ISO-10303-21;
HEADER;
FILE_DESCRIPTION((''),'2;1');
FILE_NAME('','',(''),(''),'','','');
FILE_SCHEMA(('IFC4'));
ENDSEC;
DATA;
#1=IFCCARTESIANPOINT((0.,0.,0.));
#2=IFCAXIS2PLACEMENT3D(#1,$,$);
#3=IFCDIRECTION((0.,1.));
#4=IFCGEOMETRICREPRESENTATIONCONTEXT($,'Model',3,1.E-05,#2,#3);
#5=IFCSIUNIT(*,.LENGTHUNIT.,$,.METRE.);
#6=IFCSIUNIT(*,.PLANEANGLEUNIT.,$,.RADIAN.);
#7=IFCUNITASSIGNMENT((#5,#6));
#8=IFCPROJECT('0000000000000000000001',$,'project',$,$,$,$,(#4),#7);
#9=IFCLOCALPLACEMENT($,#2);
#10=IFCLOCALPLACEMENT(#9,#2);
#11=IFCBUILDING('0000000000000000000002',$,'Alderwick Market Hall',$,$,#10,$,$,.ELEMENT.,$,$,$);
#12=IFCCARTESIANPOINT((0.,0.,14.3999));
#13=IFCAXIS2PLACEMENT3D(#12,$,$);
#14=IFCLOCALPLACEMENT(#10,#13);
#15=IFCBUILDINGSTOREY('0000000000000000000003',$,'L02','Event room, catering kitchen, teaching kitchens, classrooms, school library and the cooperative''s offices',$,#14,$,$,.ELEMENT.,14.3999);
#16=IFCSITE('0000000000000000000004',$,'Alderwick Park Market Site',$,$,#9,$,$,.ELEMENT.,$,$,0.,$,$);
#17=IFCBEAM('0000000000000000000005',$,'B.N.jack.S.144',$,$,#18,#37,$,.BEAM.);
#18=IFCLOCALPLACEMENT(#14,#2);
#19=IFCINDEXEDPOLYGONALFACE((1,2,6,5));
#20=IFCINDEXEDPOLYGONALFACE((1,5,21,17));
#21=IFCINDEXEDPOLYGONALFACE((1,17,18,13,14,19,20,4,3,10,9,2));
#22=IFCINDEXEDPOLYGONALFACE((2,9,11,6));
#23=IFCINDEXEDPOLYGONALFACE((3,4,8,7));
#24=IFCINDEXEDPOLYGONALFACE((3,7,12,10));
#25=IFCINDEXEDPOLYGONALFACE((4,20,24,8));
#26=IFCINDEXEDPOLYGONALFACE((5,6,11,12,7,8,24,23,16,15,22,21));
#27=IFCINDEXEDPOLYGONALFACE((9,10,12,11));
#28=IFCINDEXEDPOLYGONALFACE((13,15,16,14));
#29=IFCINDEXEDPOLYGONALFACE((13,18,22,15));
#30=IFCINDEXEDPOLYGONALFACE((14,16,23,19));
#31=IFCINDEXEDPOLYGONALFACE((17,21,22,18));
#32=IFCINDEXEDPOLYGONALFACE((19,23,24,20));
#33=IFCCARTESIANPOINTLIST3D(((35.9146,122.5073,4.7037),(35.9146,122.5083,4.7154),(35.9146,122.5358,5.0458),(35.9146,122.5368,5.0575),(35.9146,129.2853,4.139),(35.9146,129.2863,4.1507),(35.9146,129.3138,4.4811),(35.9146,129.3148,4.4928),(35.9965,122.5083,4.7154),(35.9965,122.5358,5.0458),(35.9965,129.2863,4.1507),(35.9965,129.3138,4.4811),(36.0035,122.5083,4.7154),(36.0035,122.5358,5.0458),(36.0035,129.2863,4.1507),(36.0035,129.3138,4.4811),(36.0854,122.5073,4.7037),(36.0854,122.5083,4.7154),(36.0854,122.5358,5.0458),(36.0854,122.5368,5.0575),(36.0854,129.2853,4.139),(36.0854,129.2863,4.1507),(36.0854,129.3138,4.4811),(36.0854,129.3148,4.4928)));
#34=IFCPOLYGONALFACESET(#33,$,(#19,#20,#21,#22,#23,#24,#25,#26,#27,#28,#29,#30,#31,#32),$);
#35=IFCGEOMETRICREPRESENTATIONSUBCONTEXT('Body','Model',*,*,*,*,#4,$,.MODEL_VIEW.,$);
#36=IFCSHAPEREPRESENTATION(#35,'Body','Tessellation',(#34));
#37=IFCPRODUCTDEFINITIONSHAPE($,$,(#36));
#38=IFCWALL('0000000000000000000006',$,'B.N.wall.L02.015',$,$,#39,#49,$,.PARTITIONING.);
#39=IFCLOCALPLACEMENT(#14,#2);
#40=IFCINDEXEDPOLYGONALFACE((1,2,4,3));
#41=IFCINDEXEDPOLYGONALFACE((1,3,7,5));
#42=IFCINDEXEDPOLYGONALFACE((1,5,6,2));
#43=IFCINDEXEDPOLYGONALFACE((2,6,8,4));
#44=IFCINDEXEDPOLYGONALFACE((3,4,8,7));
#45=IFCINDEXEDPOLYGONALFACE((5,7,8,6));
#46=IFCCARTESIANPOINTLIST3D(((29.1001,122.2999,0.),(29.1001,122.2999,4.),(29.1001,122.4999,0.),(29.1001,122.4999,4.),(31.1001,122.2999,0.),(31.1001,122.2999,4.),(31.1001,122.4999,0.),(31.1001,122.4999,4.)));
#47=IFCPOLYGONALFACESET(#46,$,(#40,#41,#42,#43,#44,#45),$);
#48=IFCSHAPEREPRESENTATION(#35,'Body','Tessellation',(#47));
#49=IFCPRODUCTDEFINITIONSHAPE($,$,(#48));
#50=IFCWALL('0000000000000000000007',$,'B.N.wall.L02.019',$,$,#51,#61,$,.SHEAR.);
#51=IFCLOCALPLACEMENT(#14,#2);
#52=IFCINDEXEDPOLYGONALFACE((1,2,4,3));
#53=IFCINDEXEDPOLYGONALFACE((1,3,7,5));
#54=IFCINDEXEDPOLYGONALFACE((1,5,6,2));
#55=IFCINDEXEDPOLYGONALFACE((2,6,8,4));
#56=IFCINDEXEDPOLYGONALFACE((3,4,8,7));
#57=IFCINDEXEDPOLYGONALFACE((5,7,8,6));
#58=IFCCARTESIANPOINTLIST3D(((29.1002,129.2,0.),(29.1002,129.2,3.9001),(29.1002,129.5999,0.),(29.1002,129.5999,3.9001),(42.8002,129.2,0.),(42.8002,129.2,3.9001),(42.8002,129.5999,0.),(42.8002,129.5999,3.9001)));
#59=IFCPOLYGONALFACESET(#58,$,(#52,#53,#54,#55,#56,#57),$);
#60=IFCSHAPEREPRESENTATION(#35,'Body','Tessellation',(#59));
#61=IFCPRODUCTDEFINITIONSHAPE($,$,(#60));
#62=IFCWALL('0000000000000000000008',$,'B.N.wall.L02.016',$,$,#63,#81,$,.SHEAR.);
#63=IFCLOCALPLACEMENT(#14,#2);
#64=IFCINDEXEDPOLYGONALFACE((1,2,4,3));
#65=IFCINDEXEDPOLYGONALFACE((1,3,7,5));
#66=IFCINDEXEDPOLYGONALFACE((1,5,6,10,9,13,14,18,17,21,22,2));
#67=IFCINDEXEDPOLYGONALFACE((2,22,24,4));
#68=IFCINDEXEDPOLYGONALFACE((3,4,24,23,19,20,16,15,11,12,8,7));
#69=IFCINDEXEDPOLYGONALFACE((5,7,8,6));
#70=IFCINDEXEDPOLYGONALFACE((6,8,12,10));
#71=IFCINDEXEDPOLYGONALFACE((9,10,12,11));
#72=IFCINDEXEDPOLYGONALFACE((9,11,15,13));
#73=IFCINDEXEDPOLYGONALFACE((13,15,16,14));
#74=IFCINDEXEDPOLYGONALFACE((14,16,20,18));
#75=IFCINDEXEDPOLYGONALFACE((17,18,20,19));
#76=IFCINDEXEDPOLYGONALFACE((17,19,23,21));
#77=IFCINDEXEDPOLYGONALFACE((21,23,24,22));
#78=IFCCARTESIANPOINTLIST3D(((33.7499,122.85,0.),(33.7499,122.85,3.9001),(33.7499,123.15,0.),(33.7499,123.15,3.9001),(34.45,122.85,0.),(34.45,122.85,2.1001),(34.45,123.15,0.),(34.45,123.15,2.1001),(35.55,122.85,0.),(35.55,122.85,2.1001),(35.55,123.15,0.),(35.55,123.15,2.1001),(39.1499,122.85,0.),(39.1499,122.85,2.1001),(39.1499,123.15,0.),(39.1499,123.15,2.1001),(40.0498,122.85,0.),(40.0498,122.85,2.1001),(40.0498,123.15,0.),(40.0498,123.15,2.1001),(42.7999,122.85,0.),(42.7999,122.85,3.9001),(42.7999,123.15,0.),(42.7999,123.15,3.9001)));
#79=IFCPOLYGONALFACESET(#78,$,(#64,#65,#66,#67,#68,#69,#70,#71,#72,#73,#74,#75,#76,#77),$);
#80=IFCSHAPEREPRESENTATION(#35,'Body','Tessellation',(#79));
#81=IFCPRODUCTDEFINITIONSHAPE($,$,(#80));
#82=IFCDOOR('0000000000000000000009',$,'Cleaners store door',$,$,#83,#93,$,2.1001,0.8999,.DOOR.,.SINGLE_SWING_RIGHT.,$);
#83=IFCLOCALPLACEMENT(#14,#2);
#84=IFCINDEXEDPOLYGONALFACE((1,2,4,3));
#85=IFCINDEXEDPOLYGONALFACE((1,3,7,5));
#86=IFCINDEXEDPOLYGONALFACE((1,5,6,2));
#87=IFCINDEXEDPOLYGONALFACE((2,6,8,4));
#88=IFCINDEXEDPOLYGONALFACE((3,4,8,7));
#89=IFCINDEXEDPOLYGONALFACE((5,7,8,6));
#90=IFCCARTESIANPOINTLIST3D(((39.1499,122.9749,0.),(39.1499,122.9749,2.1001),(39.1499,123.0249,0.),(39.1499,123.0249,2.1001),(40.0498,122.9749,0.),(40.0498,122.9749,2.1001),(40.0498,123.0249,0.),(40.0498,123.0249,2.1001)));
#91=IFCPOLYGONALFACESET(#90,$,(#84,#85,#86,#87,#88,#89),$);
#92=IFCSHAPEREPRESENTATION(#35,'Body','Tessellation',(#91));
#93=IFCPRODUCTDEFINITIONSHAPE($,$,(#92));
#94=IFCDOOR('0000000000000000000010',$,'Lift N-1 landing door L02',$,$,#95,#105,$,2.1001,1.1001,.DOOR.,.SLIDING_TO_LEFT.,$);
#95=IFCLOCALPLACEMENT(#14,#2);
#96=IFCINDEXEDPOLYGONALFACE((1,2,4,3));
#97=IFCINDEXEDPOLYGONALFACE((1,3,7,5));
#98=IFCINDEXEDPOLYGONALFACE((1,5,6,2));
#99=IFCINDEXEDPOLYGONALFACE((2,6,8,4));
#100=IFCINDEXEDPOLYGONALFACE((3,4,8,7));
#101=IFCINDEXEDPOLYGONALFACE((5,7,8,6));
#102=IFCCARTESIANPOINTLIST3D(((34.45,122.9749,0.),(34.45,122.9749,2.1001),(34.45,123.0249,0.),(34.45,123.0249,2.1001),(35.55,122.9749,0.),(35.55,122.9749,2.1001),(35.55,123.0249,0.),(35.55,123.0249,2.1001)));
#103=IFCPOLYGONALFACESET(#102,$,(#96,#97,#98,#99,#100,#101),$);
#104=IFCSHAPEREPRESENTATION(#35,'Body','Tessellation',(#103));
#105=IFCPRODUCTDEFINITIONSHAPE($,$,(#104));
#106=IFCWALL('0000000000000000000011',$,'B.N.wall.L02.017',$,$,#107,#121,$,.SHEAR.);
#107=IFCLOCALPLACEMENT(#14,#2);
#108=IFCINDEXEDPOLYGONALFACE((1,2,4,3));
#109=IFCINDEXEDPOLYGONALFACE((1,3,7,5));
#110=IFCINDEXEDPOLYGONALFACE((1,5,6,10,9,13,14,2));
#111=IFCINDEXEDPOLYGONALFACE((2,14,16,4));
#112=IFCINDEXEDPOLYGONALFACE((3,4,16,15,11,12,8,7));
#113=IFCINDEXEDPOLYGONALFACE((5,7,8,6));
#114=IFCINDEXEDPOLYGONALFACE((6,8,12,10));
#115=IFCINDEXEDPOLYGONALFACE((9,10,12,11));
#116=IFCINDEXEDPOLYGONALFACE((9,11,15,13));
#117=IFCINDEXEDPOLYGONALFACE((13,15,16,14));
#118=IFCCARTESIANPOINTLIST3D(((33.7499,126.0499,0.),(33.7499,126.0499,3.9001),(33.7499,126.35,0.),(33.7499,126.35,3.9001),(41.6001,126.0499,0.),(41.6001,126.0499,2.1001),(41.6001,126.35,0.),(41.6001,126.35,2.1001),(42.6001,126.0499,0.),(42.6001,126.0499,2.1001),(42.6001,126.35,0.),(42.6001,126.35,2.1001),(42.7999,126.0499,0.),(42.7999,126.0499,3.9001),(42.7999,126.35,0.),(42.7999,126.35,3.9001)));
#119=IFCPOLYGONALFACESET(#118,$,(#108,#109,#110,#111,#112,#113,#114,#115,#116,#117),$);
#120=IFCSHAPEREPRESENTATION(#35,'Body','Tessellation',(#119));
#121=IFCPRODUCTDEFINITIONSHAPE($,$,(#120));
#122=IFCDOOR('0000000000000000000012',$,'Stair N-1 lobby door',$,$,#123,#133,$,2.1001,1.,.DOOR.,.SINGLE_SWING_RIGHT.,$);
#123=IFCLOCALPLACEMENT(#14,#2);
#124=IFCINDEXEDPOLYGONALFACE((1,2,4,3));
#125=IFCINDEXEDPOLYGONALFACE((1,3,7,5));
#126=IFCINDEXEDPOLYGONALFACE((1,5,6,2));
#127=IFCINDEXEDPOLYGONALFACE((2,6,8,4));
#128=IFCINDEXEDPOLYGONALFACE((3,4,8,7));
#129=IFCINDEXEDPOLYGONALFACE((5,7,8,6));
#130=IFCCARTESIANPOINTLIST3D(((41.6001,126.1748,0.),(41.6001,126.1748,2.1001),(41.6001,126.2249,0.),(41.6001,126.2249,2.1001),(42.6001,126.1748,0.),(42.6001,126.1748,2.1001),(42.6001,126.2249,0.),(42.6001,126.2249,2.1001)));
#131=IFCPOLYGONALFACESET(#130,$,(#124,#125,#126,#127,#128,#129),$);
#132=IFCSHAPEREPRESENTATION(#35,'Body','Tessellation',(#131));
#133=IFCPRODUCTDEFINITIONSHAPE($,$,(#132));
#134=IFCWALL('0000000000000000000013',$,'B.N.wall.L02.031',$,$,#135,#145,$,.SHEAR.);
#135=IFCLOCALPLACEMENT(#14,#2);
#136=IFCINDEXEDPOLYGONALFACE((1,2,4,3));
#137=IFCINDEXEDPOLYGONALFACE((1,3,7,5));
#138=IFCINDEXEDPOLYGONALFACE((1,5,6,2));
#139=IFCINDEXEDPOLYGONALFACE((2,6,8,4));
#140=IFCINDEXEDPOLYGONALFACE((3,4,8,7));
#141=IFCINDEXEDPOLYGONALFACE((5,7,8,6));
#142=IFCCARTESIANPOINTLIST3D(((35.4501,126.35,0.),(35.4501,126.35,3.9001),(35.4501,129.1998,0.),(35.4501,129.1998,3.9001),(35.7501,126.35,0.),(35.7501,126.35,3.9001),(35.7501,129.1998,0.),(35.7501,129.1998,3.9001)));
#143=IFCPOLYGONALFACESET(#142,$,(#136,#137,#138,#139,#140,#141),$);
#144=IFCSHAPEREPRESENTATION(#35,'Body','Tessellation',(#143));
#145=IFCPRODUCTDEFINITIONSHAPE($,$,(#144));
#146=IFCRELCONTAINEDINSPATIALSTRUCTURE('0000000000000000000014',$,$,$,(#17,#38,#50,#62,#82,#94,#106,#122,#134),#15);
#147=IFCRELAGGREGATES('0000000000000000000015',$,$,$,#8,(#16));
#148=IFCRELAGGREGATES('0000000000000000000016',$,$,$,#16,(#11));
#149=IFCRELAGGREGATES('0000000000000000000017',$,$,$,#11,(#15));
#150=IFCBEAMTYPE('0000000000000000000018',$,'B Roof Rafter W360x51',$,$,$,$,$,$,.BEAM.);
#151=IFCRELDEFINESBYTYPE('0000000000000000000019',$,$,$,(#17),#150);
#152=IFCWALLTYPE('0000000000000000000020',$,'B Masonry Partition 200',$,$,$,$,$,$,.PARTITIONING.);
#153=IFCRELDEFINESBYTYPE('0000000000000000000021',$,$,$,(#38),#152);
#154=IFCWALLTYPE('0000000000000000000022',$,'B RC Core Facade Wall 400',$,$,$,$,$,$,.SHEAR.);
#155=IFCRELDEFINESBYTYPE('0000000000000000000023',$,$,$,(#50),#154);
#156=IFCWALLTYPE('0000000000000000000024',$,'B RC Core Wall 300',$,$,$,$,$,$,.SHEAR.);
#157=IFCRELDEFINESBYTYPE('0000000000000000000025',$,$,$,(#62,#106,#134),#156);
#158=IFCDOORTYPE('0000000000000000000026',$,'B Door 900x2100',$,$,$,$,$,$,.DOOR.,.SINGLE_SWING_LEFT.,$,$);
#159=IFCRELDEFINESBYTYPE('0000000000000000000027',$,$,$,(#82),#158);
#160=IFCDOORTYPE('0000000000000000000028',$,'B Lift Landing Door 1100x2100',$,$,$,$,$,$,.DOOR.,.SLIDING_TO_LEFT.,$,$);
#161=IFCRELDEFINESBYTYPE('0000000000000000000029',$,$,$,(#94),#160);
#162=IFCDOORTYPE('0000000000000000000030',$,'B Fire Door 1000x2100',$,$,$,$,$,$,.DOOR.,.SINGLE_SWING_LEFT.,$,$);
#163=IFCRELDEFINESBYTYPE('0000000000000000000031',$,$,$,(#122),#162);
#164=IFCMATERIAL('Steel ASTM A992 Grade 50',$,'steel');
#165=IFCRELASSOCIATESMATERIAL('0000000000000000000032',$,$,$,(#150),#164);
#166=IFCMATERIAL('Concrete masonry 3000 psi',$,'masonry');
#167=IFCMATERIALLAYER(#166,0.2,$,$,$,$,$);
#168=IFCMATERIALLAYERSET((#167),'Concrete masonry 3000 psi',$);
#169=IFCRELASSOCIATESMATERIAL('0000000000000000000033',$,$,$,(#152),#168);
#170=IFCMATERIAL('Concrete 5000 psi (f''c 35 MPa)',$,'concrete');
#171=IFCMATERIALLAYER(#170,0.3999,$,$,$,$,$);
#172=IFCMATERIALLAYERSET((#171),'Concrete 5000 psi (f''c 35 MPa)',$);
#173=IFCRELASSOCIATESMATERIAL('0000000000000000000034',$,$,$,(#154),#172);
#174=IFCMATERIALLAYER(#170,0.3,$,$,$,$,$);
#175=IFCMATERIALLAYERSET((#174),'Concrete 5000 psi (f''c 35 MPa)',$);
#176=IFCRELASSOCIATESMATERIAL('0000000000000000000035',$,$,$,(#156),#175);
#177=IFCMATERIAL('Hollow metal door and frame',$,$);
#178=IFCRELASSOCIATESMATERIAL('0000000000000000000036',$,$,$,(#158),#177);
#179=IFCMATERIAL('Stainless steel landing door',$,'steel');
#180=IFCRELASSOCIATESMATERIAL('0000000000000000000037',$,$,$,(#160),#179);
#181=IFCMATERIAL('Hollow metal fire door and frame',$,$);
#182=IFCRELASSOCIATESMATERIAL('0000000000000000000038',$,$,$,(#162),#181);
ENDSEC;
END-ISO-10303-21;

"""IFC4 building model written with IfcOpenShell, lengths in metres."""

from ifc_helpers import new_model, si_unit, direction, frame, frame_2d, origin, origin_2d, place, context, subcontext, project, spatial, rectangle, i_section, extrude, material, layer, layer_set, material_profile, profile_set, type_object, element, fill, save


model = new_model("IFC4")

# Units and contexts
model_context = context("Model", 3, precision=1e-05, world=origin(), true_north=direction((0.0, 1.0)))
body_context = subcontext(model_context, "Body", "Model", "MODEL_VIEW")
ifc_project = project(units=[si_unit("LENGTHUNIT", "METRE"), si_unit("PLANEANGLEUNIT", "RADIAN")], contexts=[model_context])

# Site, building, storey
site_placement = place(None, origin())
site = spatial("IfcSite", under=ifc_project, at=site_placement, Name="Alderwick Park Market Site", CompositionType="ELEMENT", RefElevation=0.0)
building_placement = place(site_placement, origin())
building = spatial("IfcBuilding", under=site, at=building_placement, Name="Alderwick Market Hall", CompositionType="ELEMENT")
storey_placement = place(building_placement, frame((0.0, 0.0, 14.3999)))
storey = spatial("IfcBuildingStorey", under=building, at=storey_placement, Name="L02", Description="Event room, catering kitchen, teaching kitchens, classrooms, school library and the cooperative's offices", CompositionType="ELEMENT", Elevation=14.3999)

# Shared definitions
ifc_material_1 = material(Name="Concrete 5000 psi (f'c 35 MPa)", Category="concrete")

# Shared definitions
ifc_material_2 = material(Name="Steel ASTM A992 Grade 50", Category="steel")

# Beam
ifc_material_profile_1 = material_profile(ifc_material_2, i_section(OverallWidth=0.1709, OverallDepth=0.355, WebThickness=0.0071, FlangeThickness=0.0117, at=origin_2d()), Name="W360x51")
ifc_profile_set_1 = profile_set([ifc_material_profile_1], Name="Steel ASTM A992 Grade 50")
beam_type_1 = type_object("IfcBeamType", Name="B Roof Rafter W360x51", PredefinedType="BEAM", material=ifc_profile_set_1)
for number, where, z_axis, x_axis, name in (
    (1, (36.0, 129.3, 4.3159), (0.0, -0.996547, 0.083025), (1.0, 0.0, 0.0), "B.N.jack.S.144"),
):
    element("IfcBeam", number, at=place(storey_placement, frame(where, z_axis=z_axis, x_axis=x_axis)), inside=storey, type_object=beam_type_1, Name=name, PredefinedType="BEAM", context=body_context, shape_type="SweptSolid", body=[
        extrude(i_section(OverallWidth=0.1709, OverallDepth=0.355, WebThickness=0.0071, FlangeThickness=0.0117, at=origin_2d()), origin(), (0.0, 0.0, 1.0), 6.8015),
    ])

# Walls
ifc_material_3 = material(Name="Concrete masonry 3000 psi", Category="masonry")
ifc_layer_1 = layer(ifc_material_3, 0.2)
ifc_layer_set_1 = layer_set([ifc_layer_1], Name="Concrete masonry 3000 psi")
wall_type_1 = type_object("IfcWallType", Name="B Masonry Partition 200", PredefinedType="PARTITIONING", material=ifc_layer_set_1)
wall_1_placement = place(storey_placement, frame((29.1001, 122.3999, 0.0), z_axis=(0.0, 0.0, 1.0), x_axis=(1.0, 0.0, 0.0)))
element("IfcWall", 2, at=wall_1_placement, inside=storey, type_object=wall_type_1, Name="B.N.wall.L02.015", PredefinedType="PARTITIONING", context=body_context, shape_type="SweptSolid", body=[
    extrude(rectangle(XDim=2.0, YDim=0.2, at=frame_2d((1.0, 0.0))), origin(), (0.0, 0.0, 1.0), 4.0),
])
ifc_layer_2 = layer(ifc_material_1, 0.3999)
ifc_layer_set_2 = layer_set([ifc_layer_2], Name="Concrete 5000 psi (f'c 35 MPa)")
wall_type_2 = type_object("IfcWallType", Name="B RC Core Facade Wall 400", PredefinedType="SHEAR", material=ifc_layer_set_2)
wall_2_placement = place(storey_placement, frame((29.1001, 129.3999, 0.0), z_axis=(0.0, 0.0, 1.0), x_axis=(1.0, 0.0, 0.0)))
element("IfcWall", 3, at=wall_2_placement, inside=storey, type_object=wall_type_2, Name="B.N.wall.L02.019", PredefinedType="SHEAR", context=body_context, shape_type="SweptSolid", body=[
    extrude(rectangle(XDim=13.7, YDim=0.3999, at=frame_2d((6.8501, 0.0))), origin(), (0.0, 0.0, 1.0), 3.9001),
])

# Wall, openings, doors
ifc_layer_3 = layer(ifc_material_1, 0.3)
ifc_layer_set_3 = layer_set([ifc_layer_3], Name="Concrete 5000 psi (f'c 35 MPa)")
wall_type_3 = type_object("IfcWallType", Name="B RC Core Wall 300", PredefinedType="SHEAR", material=ifc_layer_set_3)
wall_3_placement = place(storey_placement, frame((33.75, 123.0, 0.0), z_axis=(0.0, 0.0, 1.0), x_axis=(1.0, 0.0, 0.0)))
wall_3 = element("IfcWall", 4, at=wall_3_placement, inside=storey, type_object=wall_type_3, Name="B.N.wall.L02.016", PredefinedType="SHEAR", context=body_context, shape_type="SweptSolid", body=[
    extrude(rectangle(XDim=9.05, YDim=0.3, at=frame_2d((4.5249, 0.0))), origin(), (0.0, 0.0, 1.0), 3.9001),
])
opening_1_placement = place(wall_3_placement, frame((0.7, 0.0, 0.0)))
opening_1 = element("IfcOpeningElement", 5, at=opening_1_placement, cuts=wall_3, PredefinedType="OPENING", context=body_context, shape_type="SweptSolid", body=[
    extrude(rectangle(XDim=1.1001, YDim=2.1001, at=frame_2d((0.55, 1.05))), frame((0.0, 0.1599, 0.0), z_axis=(0.0, -1.0, 0.0), x_axis=(1.0, 0.0, 0.0)), (0.0, 0.0, 1.0), 0.3201),
])
opening_2_placement = place(wall_3_placement, frame((5.3999, 0.0, 0.0)))
opening_2 = element("IfcOpeningElement", 6, at=opening_2_placement, cuts=wall_3, PredefinedType="OPENING", context=body_context, shape_type="SweptSolid", body=[
    extrude(rectangle(XDim=0.8999, YDim=2.1001, at=frame_2d((0.45, 1.05))), frame((0.0, 0.1599, 0.0), z_axis=(0.0, -1.0, 0.0), x_axis=(1.0, 0.0, 0.0)), (0.0, 0.0, 1.0), 0.3201),
])
ifc_material_4 = material(Name="Hollow metal door and frame")
door_type_1 = type_object("IfcDoorType", Name="B Door 900x2100", OperationType="SINGLE_SWING_LEFT", PredefinedType="DOOR", material=ifc_material_4)
door_1_placement = place(opening_2_placement, origin())
door_1 = element("IfcDoor", 7, at=door_1_placement, inside=storey, type_object=door_type_1, Name="Cleaners store door", OperationType="SINGLE_SWING_RIGHT", OverallHeight=2.1001, OverallWidth=0.8999, PredefinedType="DOOR", context=body_context, shape_type="SweptSolid", body=[
    extrude(rectangle(XDim=0.8999, YDim=2.1001, at=frame_2d((0.45, 1.05))), frame((0.0, 0.0249, 0.0), z_axis=(0.0, -1.0, 0.0), x_axis=(1.0, 0.0, 0.0)), (0.0, 0.0, 1.0), 0.05),
])
fill(opening_2, door_1)
ifc_material_5 = material(Name="Stainless steel landing door", Category="steel")
door_type_2 = type_object("IfcDoorType", Name="B Lift Landing Door 1100x2100", OperationType="SLIDING_TO_LEFT", PredefinedType="DOOR", material=ifc_material_5)
door_2_placement = place(opening_1_placement, origin())
door_2 = element("IfcDoor", 8, at=door_2_placement, inside=storey, type_object=door_type_2, Name="Lift N-1 landing door L02", OperationType="SLIDING_TO_LEFT", OverallHeight=2.1001, OverallWidth=1.1001, PredefinedType="DOOR", context=body_context, shape_type="SweptSolid", body=[
    extrude(rectangle(XDim=1.1001, YDim=2.1001, at=frame_2d((0.55, 1.05))), frame((0.0, 0.0249, 0.0), z_axis=(0.0, -1.0, 0.0), x_axis=(1.0, 0.0, 0.0)), (0.0, 0.0, 1.0), 0.05),
])
fill(opening_1, door_2)

# Wall, opening, door
wall_4_placement = place(storey_placement, frame((33.75, 126.2, 0.0), z_axis=(0.0, 0.0, 1.0), x_axis=(1.0, 0.0, 0.0)))
wall_4 = element("IfcWall", 9, at=wall_4_placement, inside=storey, type_object=wall_type_3, Name="B.N.wall.L02.017", PredefinedType="SHEAR", context=body_context, shape_type="SweptSolid", body=[
    extrude(rectangle(XDim=9.05, YDim=0.3, at=frame_2d((4.5249, 0.0))), origin(), (0.0, 0.0, 1.0), 3.9001),
])
opening_3_placement = place(wall_4_placement, frame((7.8501, 0.0, 0.0)))
opening_3 = element("IfcOpeningElement", 10, at=opening_3_placement, cuts=wall_4, PredefinedType="OPENING", context=body_context, shape_type="SweptSolid", body=[
    extrude(rectangle(XDim=1.0, YDim=2.1001, at=frame_2d((0.5, 1.05))), frame((0.0, 0.1599, 0.0), z_axis=(0.0, -1.0, 0.0), x_axis=(1.0, 0.0, 0.0)), (0.0, 0.0, 1.0), 0.3201),
])
ifc_material_6 = material(Name="Hollow metal fire door and frame")
door_type_3 = type_object("IfcDoorType", Name="B Fire Door 1000x2100", OperationType="SINGLE_SWING_LEFT", PredefinedType="DOOR", material=ifc_material_6)
door_3_placement = place(opening_3_placement, origin())
door_3 = element("IfcDoor", 11, at=door_3_placement, inside=storey, type_object=door_type_3, Name="Stair N-1 lobby door", OperationType="SINGLE_SWING_RIGHT", OverallHeight=2.1001, OverallWidth=1.0, PredefinedType="DOOR", context=body_context, shape_type="SweptSolid", body=[
    extrude(rectangle(XDim=1.0, YDim=2.1001, at=frame_2d((0.5, 1.05))), frame((0.0, 0.0249, 0.0), z_axis=(0.0, -1.0, 0.0), x_axis=(1.0, 0.0, 0.0)), (0.0, 0.0, 1.0), 0.05),
])
fill(opening_3, door_3)

# Wall
wall_5_placement = place(storey_placement, frame((35.6001, 126.3501, 0.0), z_axis=(0.0, 0.0, 1.0), x_axis=(0.0, 1.0, 0.0)))
element("IfcWall", 12, at=wall_5_placement, inside=storey, type_object=wall_type_3, Name="B.N.wall.L02.031", PredefinedType="SHEAR", context=body_context, shape_type="SweptSolid", body=[
    extrude(rectangle(XDim=2.8499, YDim=0.3, at=frame_2d((1.4248, 0.0))), origin(), (0.0, 0.0, 1.0), 3.9001),
])

save(model, "model.ifc")
